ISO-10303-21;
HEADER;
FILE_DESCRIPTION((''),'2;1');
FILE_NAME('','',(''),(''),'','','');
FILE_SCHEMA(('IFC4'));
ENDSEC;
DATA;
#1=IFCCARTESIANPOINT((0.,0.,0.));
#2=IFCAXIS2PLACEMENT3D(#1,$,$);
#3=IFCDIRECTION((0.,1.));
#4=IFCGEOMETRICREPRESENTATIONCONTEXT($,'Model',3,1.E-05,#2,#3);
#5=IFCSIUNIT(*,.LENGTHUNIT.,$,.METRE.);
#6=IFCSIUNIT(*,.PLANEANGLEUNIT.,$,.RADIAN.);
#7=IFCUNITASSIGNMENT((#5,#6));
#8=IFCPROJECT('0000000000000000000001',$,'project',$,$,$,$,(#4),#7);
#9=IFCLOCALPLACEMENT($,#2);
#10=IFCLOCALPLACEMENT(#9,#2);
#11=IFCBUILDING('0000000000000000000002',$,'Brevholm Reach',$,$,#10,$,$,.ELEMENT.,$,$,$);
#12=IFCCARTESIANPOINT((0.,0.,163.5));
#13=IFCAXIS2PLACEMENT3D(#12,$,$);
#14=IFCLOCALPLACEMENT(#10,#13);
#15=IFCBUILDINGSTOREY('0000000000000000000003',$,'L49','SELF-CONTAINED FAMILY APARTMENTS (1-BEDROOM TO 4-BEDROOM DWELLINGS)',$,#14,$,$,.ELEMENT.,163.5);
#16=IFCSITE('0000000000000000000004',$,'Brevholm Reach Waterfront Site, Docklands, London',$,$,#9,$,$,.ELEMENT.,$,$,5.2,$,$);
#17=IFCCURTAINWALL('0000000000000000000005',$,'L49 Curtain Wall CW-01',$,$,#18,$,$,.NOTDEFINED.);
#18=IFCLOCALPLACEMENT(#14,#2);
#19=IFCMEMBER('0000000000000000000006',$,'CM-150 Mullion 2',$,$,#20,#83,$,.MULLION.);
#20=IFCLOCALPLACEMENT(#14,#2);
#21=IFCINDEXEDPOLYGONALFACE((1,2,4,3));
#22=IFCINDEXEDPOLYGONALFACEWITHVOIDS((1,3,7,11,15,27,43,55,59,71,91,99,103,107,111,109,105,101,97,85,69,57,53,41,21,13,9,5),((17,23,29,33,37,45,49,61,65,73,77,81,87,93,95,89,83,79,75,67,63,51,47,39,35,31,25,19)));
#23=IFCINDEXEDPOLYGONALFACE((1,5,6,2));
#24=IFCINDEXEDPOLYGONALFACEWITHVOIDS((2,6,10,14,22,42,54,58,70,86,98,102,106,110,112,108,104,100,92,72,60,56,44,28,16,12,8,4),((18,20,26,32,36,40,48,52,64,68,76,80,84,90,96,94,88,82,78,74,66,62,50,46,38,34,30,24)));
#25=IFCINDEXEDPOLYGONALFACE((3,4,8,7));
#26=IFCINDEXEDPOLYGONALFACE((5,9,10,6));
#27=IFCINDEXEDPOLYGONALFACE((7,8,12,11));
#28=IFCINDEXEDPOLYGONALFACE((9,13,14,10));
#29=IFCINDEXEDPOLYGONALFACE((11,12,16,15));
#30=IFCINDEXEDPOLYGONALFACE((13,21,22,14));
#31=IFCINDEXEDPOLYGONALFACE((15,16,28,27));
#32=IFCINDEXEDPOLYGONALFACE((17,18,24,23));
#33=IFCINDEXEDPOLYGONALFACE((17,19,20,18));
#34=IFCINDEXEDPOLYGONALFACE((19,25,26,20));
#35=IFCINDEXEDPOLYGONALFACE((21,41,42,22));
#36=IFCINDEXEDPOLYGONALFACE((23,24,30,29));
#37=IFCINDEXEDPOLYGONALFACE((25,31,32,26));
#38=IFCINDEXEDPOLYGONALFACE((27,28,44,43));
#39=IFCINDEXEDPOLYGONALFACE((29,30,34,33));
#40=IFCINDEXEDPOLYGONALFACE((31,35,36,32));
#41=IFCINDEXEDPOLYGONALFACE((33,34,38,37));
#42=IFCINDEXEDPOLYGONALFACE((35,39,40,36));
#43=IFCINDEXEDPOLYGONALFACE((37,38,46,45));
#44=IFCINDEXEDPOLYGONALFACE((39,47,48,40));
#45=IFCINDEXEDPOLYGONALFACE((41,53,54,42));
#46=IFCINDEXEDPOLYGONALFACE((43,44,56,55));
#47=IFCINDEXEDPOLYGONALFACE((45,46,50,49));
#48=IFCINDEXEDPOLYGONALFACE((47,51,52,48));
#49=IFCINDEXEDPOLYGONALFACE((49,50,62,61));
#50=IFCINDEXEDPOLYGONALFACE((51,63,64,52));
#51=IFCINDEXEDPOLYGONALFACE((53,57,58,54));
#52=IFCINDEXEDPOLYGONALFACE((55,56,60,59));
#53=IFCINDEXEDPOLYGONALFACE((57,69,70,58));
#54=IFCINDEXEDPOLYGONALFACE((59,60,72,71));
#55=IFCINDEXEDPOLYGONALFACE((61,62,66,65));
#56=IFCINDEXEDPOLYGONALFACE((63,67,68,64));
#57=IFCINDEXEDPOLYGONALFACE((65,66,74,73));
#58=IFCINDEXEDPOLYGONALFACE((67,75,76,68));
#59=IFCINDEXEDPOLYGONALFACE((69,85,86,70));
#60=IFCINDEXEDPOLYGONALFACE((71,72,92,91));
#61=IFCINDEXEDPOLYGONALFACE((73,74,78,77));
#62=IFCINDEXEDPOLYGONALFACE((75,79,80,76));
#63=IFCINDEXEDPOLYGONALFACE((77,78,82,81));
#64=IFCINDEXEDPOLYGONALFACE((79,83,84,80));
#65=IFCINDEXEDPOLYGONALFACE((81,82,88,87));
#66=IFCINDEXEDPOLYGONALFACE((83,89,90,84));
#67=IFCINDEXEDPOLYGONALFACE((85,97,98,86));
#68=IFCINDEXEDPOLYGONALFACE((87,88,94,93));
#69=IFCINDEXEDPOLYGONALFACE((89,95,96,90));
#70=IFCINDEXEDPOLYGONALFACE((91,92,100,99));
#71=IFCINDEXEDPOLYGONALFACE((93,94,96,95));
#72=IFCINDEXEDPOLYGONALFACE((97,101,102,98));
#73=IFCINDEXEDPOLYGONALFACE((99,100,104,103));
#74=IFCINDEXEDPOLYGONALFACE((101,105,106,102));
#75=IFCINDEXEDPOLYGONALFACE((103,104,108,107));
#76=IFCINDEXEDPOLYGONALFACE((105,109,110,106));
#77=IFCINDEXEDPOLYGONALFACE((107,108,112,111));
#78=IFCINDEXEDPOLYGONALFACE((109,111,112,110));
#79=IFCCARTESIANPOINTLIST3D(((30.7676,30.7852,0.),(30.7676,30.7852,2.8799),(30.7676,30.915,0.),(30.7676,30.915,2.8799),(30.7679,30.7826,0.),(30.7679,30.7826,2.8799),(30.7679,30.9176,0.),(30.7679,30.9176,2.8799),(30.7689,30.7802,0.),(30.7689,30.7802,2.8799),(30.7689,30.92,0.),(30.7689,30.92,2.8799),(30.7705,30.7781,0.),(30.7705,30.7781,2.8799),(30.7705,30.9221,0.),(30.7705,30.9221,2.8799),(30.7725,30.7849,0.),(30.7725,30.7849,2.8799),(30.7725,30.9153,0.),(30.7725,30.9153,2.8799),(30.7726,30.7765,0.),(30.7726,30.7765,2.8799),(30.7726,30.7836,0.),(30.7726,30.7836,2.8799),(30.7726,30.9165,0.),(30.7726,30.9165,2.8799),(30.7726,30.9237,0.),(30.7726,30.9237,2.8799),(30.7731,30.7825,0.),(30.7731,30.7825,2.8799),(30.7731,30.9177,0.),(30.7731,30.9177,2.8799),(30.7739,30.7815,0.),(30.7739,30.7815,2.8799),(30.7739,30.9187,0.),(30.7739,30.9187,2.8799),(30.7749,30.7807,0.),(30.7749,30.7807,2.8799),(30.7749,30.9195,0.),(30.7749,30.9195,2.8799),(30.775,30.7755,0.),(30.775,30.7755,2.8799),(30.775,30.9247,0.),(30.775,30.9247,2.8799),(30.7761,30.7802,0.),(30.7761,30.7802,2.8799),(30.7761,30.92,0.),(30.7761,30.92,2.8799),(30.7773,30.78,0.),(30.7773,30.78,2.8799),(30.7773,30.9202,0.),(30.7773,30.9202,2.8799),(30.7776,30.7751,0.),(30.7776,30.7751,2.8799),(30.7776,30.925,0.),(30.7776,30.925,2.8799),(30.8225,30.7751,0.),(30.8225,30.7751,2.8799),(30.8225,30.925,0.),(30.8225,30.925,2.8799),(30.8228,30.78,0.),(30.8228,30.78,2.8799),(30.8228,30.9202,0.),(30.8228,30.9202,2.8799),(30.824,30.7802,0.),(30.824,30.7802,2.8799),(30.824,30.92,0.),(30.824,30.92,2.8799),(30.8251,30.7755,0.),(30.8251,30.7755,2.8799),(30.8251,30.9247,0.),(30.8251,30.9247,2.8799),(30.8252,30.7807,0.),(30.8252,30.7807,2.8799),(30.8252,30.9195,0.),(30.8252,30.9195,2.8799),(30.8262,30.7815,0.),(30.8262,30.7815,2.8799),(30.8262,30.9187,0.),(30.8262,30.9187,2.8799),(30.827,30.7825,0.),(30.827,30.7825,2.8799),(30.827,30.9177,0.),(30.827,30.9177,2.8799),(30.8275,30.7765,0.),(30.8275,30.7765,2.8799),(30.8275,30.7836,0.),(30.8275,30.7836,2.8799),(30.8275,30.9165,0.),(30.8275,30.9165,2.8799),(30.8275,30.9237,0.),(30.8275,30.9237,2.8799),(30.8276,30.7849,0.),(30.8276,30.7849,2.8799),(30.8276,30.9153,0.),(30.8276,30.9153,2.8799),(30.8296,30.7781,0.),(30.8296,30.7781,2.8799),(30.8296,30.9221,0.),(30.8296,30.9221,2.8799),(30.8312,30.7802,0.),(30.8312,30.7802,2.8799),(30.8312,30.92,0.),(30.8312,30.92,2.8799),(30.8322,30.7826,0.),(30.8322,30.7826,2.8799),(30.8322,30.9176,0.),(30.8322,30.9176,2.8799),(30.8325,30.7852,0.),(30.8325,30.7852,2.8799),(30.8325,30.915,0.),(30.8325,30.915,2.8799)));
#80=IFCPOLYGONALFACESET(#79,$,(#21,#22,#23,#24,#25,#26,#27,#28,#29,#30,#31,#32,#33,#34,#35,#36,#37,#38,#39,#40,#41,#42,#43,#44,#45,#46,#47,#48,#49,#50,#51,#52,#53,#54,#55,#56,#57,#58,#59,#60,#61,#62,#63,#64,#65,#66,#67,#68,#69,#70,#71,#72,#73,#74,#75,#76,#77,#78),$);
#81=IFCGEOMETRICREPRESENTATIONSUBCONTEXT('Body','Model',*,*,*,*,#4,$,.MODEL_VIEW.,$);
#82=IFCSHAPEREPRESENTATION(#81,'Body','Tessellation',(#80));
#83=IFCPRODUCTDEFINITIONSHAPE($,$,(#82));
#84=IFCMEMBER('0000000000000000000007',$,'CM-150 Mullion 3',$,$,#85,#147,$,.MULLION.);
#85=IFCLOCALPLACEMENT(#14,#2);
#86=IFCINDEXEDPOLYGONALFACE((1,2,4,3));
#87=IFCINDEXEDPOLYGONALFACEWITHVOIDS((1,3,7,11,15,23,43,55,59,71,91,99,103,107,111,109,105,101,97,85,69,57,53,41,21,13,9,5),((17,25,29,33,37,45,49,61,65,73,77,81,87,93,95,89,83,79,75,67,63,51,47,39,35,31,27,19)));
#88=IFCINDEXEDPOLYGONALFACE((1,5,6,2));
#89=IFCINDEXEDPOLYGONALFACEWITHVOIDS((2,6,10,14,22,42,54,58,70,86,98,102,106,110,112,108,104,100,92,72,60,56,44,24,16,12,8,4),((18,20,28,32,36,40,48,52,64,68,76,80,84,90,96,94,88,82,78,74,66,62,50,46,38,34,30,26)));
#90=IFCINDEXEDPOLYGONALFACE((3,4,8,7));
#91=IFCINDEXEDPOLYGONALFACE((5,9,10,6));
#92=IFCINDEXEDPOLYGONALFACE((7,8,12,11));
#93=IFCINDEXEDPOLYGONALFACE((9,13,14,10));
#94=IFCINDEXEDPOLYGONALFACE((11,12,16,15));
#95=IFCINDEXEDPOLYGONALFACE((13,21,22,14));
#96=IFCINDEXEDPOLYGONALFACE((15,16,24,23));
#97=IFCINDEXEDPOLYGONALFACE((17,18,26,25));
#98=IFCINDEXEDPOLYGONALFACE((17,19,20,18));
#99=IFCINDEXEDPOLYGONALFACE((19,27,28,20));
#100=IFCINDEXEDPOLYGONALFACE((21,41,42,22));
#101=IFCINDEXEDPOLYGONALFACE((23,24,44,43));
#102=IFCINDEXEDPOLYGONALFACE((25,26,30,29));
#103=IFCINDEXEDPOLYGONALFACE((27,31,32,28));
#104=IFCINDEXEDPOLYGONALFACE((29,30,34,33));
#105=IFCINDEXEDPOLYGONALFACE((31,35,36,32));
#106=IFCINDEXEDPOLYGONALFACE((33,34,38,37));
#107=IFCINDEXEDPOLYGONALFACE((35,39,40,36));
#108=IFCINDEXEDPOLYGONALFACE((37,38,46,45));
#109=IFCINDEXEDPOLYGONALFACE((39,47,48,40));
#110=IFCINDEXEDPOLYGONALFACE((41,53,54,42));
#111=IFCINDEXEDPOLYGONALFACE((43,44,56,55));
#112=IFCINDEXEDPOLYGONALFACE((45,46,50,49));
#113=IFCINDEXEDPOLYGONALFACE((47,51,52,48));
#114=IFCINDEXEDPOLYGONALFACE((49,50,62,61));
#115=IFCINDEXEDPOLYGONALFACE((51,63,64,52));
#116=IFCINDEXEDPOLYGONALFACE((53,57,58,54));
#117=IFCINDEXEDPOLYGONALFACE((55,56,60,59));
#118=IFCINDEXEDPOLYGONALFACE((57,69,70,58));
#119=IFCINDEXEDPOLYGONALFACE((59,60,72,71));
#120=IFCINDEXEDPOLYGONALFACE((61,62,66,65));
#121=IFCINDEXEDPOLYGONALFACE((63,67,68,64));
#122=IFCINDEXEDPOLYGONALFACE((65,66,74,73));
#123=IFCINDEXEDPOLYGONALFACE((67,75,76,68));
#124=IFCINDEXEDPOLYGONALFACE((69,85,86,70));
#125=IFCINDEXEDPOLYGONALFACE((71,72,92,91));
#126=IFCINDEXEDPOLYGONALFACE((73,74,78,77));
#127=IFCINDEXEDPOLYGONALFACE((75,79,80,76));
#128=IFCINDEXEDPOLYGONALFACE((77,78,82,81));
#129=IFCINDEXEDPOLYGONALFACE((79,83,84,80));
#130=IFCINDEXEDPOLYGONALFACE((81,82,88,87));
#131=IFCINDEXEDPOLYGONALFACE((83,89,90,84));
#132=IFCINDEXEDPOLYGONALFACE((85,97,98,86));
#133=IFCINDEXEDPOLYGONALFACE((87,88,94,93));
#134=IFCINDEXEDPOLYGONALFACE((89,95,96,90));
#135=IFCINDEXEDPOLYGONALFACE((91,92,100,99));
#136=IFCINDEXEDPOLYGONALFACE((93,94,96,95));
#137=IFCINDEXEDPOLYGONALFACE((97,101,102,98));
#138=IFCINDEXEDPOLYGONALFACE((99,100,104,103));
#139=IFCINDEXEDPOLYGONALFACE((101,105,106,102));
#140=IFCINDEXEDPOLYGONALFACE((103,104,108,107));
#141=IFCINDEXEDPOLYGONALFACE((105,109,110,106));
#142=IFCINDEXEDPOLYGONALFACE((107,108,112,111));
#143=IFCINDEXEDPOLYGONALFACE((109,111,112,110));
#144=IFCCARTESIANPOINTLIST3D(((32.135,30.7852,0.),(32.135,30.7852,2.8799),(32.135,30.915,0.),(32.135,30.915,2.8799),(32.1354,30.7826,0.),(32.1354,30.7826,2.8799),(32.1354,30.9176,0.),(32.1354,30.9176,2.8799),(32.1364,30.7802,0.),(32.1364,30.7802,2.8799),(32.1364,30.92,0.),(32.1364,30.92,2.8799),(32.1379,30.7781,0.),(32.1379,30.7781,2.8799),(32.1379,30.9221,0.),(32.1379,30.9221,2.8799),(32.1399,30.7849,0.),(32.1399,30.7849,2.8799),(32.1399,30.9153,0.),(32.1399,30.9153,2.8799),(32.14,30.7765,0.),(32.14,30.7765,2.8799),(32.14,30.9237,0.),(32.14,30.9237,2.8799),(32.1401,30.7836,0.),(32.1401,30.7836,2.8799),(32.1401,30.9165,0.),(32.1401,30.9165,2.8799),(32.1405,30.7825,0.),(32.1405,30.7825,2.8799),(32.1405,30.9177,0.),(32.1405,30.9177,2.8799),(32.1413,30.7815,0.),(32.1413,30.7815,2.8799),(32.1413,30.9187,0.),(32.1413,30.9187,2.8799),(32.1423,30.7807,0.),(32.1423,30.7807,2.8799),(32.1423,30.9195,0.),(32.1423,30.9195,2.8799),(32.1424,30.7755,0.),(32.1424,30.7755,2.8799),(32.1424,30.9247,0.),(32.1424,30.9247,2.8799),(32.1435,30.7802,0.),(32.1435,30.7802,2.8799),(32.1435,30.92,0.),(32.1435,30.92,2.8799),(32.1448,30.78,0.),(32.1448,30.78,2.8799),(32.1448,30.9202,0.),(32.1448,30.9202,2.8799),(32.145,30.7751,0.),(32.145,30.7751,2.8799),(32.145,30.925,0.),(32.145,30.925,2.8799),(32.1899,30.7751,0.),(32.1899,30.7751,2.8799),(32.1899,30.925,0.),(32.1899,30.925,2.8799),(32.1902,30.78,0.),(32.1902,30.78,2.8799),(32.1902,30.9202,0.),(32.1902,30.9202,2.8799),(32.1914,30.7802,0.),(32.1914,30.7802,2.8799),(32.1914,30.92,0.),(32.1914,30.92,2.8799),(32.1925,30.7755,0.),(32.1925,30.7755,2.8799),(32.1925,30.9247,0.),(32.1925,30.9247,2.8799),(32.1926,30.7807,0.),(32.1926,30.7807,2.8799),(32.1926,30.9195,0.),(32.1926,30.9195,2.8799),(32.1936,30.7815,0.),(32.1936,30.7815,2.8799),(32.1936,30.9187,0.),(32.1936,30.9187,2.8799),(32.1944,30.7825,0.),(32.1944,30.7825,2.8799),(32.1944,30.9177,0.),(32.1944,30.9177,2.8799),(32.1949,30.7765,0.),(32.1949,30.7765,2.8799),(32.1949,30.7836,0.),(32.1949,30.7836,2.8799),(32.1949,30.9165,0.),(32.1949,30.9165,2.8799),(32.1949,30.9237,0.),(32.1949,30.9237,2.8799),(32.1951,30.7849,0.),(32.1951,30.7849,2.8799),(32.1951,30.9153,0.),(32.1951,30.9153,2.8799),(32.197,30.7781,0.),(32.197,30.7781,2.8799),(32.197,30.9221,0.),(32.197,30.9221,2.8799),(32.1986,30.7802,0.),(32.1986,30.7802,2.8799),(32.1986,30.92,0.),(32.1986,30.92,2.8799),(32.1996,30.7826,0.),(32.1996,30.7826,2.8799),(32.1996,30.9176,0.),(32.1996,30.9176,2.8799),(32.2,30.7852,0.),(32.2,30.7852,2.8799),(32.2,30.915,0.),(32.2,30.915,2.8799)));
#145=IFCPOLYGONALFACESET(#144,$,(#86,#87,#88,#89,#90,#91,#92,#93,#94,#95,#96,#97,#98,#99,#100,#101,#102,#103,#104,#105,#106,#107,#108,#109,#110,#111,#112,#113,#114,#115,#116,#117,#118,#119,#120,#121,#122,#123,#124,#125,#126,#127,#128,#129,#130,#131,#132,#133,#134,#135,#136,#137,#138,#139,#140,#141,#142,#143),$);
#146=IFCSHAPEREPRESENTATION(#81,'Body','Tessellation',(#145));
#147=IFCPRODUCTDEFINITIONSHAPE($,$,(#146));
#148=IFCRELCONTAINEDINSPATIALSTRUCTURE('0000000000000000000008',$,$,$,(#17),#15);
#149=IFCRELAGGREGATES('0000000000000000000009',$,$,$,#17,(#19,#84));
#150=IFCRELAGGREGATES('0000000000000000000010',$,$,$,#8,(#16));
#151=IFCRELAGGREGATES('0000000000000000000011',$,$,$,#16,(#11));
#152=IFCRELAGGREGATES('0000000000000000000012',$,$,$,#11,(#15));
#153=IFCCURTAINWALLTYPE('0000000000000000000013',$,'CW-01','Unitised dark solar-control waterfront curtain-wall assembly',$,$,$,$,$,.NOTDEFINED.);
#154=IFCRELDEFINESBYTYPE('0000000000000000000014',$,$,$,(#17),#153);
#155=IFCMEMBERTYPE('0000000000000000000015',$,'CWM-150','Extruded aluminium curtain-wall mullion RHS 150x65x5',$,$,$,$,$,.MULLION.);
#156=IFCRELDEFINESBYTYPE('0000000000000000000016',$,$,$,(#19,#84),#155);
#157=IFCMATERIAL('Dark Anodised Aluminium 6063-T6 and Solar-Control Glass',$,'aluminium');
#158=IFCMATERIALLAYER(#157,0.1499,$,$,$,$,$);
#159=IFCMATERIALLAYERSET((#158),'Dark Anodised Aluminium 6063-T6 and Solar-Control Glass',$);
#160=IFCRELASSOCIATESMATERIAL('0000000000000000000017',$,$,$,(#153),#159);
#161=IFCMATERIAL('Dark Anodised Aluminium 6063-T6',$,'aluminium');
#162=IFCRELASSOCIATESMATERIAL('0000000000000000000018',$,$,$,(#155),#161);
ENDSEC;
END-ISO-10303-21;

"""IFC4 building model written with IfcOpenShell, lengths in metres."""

from ifc_helpers import new_model, si_unit, direction, frame, origin, origin_2d, place, context, subcontext, project, spatial, hollow_rectangle, extrude, material, layer, layer_set, material_profile, profile_set, type_object, element, aggregate, save


model = new_model("IFC4")

# Units and contexts
model_context = context("Model", 3, precision=1e-05, world=origin(), true_north=direction((0.0, 1.0)))
body_context = subcontext(model_context, "Body", "Model", "MODEL_VIEW")
ifc_project = project(units=[si_unit("LENGTHUNIT", "METRE"), si_unit("PLANEANGLEUNIT", "RADIAN")], contexts=[model_context])

# Site, building, storey
site_placement = place(None, origin())
site = spatial("IfcSite", under=ifc_project, at=site_placement, Name="Brevholm Reach Waterfront Site, Docklands, London", CompositionType="ELEMENT", RefElevation=5.2)
building_placement = place(site_placement, origin())
building = spatial("IfcBuilding", under=site, at=building_placement, Name="Brevholm Reach", CompositionType="ELEMENT")
storey_placement = place(building_placement, frame((0.0, 0.0, 163.5)))
storey = spatial("IfcBuildingStorey", under=building, at=storey_placement, Name="L49", Description="SELF-CONTAINED FAMILY APARTMENTS (1-BEDROOM TO 4-BEDROOM DWELLINGS)", CompositionType="ELEMENT", Elevation=163.5)

# Curtain wall, members
ifc_material_1 = material(Name="Dark Anodised Aluminium 6063-T6 and Solar-Control Glass", Category="aluminium")
ifc_layer_1 = layer(ifc_material_1, 0.1499)
ifc_layer_set_1 = layer_set([ifc_layer_1], Name="Dark Anodised Aluminium 6063-T6 and Solar-Control Glass")
curtain_wall_type_1 = type_object("IfcCurtainWallType", Name="CW-01", Description="Unitised dark solar-control waterfront curtain-wall assembly", PredefinedType="NOTDEFINED", material=ifc_layer_set_1)
curtain_wall_1_placement = place(storey_placement, origin())
curtain_wall_1 = element("IfcCurtainWall", 1, at=curtain_wall_1_placement, inside=storey, type_object=curtain_wall_type_1, Name="L49 Curtain Wall CW-01", PredefinedType="NOTDEFINED")
ifc_material_2 = material(Name="Dark Anodised Aluminium 6063-T6", Category="aluminium")
ifc_material_profile_1 = material_profile(ifc_material_2, hollow_rectangle(XDim=0.0649, YDim=0.1499, WallThickness=0.0049, InnerFilletRadius=0.0049, OuterFilletRadius=0.01, at=origin_2d()), Name="RHS 150x65x5")
ifc_profile_set_1 = profile_set([ifc_material_profile_1], Name="Dark Anodised Aluminium 6063-T6")
member_type_1 = type_object("IfcMemberType", Name="CWM-150", Description="Extruded aluminium curtain-wall mullion RHS 150x65x5", PredefinedType="MULLION", material=ifc_profile_set_1)
member_1_placement = place(storey_placement, frame((30.8, 30.8501, 0.0), z_axis=(0.0, 0.0, 1.0), x_axis=(1.0, 0.0, 0.0)))
member_1 = element("IfcMember", 2, at=member_1_placement, type_object=member_type_1, Name="CM-150 Mullion 2", PredefinedType="MULLION", context=body_context, shape_type="SweptSolid", body=[
    extrude(hollow_rectangle(XDim=0.0649, YDim=0.1499, WallThickness=0.0049, InnerFilletRadius=0.0049, OuterFilletRadius=0.01, at=origin_2d()), origin(), (0.0, 0.0, 1.0), 2.8799),
])
member_2_placement = place(storey_placement, frame((32.1675, 30.8501, 0.0), z_axis=(0.0, 0.0, 1.0), x_axis=(1.0, 0.0, 0.0)))
member_2 = element("IfcMember", 3, at=member_2_placement, type_object=member_type_1, Name="CM-150 Mullion 3", PredefinedType="MULLION", context=body_context, shape_type="SweptSolid", body=[
    extrude(hollow_rectangle(XDim=0.0649, YDim=0.1499, WallThickness=0.0049, InnerFilletRadius=0.0049, OuterFilletRadius=0.01, at=origin_2d()), origin(), (0.0, 0.0, 1.0), 2.8799),
])

aggregate(curtain_wall_1, [member_1, member_2])

save(model, "model.ifc")
